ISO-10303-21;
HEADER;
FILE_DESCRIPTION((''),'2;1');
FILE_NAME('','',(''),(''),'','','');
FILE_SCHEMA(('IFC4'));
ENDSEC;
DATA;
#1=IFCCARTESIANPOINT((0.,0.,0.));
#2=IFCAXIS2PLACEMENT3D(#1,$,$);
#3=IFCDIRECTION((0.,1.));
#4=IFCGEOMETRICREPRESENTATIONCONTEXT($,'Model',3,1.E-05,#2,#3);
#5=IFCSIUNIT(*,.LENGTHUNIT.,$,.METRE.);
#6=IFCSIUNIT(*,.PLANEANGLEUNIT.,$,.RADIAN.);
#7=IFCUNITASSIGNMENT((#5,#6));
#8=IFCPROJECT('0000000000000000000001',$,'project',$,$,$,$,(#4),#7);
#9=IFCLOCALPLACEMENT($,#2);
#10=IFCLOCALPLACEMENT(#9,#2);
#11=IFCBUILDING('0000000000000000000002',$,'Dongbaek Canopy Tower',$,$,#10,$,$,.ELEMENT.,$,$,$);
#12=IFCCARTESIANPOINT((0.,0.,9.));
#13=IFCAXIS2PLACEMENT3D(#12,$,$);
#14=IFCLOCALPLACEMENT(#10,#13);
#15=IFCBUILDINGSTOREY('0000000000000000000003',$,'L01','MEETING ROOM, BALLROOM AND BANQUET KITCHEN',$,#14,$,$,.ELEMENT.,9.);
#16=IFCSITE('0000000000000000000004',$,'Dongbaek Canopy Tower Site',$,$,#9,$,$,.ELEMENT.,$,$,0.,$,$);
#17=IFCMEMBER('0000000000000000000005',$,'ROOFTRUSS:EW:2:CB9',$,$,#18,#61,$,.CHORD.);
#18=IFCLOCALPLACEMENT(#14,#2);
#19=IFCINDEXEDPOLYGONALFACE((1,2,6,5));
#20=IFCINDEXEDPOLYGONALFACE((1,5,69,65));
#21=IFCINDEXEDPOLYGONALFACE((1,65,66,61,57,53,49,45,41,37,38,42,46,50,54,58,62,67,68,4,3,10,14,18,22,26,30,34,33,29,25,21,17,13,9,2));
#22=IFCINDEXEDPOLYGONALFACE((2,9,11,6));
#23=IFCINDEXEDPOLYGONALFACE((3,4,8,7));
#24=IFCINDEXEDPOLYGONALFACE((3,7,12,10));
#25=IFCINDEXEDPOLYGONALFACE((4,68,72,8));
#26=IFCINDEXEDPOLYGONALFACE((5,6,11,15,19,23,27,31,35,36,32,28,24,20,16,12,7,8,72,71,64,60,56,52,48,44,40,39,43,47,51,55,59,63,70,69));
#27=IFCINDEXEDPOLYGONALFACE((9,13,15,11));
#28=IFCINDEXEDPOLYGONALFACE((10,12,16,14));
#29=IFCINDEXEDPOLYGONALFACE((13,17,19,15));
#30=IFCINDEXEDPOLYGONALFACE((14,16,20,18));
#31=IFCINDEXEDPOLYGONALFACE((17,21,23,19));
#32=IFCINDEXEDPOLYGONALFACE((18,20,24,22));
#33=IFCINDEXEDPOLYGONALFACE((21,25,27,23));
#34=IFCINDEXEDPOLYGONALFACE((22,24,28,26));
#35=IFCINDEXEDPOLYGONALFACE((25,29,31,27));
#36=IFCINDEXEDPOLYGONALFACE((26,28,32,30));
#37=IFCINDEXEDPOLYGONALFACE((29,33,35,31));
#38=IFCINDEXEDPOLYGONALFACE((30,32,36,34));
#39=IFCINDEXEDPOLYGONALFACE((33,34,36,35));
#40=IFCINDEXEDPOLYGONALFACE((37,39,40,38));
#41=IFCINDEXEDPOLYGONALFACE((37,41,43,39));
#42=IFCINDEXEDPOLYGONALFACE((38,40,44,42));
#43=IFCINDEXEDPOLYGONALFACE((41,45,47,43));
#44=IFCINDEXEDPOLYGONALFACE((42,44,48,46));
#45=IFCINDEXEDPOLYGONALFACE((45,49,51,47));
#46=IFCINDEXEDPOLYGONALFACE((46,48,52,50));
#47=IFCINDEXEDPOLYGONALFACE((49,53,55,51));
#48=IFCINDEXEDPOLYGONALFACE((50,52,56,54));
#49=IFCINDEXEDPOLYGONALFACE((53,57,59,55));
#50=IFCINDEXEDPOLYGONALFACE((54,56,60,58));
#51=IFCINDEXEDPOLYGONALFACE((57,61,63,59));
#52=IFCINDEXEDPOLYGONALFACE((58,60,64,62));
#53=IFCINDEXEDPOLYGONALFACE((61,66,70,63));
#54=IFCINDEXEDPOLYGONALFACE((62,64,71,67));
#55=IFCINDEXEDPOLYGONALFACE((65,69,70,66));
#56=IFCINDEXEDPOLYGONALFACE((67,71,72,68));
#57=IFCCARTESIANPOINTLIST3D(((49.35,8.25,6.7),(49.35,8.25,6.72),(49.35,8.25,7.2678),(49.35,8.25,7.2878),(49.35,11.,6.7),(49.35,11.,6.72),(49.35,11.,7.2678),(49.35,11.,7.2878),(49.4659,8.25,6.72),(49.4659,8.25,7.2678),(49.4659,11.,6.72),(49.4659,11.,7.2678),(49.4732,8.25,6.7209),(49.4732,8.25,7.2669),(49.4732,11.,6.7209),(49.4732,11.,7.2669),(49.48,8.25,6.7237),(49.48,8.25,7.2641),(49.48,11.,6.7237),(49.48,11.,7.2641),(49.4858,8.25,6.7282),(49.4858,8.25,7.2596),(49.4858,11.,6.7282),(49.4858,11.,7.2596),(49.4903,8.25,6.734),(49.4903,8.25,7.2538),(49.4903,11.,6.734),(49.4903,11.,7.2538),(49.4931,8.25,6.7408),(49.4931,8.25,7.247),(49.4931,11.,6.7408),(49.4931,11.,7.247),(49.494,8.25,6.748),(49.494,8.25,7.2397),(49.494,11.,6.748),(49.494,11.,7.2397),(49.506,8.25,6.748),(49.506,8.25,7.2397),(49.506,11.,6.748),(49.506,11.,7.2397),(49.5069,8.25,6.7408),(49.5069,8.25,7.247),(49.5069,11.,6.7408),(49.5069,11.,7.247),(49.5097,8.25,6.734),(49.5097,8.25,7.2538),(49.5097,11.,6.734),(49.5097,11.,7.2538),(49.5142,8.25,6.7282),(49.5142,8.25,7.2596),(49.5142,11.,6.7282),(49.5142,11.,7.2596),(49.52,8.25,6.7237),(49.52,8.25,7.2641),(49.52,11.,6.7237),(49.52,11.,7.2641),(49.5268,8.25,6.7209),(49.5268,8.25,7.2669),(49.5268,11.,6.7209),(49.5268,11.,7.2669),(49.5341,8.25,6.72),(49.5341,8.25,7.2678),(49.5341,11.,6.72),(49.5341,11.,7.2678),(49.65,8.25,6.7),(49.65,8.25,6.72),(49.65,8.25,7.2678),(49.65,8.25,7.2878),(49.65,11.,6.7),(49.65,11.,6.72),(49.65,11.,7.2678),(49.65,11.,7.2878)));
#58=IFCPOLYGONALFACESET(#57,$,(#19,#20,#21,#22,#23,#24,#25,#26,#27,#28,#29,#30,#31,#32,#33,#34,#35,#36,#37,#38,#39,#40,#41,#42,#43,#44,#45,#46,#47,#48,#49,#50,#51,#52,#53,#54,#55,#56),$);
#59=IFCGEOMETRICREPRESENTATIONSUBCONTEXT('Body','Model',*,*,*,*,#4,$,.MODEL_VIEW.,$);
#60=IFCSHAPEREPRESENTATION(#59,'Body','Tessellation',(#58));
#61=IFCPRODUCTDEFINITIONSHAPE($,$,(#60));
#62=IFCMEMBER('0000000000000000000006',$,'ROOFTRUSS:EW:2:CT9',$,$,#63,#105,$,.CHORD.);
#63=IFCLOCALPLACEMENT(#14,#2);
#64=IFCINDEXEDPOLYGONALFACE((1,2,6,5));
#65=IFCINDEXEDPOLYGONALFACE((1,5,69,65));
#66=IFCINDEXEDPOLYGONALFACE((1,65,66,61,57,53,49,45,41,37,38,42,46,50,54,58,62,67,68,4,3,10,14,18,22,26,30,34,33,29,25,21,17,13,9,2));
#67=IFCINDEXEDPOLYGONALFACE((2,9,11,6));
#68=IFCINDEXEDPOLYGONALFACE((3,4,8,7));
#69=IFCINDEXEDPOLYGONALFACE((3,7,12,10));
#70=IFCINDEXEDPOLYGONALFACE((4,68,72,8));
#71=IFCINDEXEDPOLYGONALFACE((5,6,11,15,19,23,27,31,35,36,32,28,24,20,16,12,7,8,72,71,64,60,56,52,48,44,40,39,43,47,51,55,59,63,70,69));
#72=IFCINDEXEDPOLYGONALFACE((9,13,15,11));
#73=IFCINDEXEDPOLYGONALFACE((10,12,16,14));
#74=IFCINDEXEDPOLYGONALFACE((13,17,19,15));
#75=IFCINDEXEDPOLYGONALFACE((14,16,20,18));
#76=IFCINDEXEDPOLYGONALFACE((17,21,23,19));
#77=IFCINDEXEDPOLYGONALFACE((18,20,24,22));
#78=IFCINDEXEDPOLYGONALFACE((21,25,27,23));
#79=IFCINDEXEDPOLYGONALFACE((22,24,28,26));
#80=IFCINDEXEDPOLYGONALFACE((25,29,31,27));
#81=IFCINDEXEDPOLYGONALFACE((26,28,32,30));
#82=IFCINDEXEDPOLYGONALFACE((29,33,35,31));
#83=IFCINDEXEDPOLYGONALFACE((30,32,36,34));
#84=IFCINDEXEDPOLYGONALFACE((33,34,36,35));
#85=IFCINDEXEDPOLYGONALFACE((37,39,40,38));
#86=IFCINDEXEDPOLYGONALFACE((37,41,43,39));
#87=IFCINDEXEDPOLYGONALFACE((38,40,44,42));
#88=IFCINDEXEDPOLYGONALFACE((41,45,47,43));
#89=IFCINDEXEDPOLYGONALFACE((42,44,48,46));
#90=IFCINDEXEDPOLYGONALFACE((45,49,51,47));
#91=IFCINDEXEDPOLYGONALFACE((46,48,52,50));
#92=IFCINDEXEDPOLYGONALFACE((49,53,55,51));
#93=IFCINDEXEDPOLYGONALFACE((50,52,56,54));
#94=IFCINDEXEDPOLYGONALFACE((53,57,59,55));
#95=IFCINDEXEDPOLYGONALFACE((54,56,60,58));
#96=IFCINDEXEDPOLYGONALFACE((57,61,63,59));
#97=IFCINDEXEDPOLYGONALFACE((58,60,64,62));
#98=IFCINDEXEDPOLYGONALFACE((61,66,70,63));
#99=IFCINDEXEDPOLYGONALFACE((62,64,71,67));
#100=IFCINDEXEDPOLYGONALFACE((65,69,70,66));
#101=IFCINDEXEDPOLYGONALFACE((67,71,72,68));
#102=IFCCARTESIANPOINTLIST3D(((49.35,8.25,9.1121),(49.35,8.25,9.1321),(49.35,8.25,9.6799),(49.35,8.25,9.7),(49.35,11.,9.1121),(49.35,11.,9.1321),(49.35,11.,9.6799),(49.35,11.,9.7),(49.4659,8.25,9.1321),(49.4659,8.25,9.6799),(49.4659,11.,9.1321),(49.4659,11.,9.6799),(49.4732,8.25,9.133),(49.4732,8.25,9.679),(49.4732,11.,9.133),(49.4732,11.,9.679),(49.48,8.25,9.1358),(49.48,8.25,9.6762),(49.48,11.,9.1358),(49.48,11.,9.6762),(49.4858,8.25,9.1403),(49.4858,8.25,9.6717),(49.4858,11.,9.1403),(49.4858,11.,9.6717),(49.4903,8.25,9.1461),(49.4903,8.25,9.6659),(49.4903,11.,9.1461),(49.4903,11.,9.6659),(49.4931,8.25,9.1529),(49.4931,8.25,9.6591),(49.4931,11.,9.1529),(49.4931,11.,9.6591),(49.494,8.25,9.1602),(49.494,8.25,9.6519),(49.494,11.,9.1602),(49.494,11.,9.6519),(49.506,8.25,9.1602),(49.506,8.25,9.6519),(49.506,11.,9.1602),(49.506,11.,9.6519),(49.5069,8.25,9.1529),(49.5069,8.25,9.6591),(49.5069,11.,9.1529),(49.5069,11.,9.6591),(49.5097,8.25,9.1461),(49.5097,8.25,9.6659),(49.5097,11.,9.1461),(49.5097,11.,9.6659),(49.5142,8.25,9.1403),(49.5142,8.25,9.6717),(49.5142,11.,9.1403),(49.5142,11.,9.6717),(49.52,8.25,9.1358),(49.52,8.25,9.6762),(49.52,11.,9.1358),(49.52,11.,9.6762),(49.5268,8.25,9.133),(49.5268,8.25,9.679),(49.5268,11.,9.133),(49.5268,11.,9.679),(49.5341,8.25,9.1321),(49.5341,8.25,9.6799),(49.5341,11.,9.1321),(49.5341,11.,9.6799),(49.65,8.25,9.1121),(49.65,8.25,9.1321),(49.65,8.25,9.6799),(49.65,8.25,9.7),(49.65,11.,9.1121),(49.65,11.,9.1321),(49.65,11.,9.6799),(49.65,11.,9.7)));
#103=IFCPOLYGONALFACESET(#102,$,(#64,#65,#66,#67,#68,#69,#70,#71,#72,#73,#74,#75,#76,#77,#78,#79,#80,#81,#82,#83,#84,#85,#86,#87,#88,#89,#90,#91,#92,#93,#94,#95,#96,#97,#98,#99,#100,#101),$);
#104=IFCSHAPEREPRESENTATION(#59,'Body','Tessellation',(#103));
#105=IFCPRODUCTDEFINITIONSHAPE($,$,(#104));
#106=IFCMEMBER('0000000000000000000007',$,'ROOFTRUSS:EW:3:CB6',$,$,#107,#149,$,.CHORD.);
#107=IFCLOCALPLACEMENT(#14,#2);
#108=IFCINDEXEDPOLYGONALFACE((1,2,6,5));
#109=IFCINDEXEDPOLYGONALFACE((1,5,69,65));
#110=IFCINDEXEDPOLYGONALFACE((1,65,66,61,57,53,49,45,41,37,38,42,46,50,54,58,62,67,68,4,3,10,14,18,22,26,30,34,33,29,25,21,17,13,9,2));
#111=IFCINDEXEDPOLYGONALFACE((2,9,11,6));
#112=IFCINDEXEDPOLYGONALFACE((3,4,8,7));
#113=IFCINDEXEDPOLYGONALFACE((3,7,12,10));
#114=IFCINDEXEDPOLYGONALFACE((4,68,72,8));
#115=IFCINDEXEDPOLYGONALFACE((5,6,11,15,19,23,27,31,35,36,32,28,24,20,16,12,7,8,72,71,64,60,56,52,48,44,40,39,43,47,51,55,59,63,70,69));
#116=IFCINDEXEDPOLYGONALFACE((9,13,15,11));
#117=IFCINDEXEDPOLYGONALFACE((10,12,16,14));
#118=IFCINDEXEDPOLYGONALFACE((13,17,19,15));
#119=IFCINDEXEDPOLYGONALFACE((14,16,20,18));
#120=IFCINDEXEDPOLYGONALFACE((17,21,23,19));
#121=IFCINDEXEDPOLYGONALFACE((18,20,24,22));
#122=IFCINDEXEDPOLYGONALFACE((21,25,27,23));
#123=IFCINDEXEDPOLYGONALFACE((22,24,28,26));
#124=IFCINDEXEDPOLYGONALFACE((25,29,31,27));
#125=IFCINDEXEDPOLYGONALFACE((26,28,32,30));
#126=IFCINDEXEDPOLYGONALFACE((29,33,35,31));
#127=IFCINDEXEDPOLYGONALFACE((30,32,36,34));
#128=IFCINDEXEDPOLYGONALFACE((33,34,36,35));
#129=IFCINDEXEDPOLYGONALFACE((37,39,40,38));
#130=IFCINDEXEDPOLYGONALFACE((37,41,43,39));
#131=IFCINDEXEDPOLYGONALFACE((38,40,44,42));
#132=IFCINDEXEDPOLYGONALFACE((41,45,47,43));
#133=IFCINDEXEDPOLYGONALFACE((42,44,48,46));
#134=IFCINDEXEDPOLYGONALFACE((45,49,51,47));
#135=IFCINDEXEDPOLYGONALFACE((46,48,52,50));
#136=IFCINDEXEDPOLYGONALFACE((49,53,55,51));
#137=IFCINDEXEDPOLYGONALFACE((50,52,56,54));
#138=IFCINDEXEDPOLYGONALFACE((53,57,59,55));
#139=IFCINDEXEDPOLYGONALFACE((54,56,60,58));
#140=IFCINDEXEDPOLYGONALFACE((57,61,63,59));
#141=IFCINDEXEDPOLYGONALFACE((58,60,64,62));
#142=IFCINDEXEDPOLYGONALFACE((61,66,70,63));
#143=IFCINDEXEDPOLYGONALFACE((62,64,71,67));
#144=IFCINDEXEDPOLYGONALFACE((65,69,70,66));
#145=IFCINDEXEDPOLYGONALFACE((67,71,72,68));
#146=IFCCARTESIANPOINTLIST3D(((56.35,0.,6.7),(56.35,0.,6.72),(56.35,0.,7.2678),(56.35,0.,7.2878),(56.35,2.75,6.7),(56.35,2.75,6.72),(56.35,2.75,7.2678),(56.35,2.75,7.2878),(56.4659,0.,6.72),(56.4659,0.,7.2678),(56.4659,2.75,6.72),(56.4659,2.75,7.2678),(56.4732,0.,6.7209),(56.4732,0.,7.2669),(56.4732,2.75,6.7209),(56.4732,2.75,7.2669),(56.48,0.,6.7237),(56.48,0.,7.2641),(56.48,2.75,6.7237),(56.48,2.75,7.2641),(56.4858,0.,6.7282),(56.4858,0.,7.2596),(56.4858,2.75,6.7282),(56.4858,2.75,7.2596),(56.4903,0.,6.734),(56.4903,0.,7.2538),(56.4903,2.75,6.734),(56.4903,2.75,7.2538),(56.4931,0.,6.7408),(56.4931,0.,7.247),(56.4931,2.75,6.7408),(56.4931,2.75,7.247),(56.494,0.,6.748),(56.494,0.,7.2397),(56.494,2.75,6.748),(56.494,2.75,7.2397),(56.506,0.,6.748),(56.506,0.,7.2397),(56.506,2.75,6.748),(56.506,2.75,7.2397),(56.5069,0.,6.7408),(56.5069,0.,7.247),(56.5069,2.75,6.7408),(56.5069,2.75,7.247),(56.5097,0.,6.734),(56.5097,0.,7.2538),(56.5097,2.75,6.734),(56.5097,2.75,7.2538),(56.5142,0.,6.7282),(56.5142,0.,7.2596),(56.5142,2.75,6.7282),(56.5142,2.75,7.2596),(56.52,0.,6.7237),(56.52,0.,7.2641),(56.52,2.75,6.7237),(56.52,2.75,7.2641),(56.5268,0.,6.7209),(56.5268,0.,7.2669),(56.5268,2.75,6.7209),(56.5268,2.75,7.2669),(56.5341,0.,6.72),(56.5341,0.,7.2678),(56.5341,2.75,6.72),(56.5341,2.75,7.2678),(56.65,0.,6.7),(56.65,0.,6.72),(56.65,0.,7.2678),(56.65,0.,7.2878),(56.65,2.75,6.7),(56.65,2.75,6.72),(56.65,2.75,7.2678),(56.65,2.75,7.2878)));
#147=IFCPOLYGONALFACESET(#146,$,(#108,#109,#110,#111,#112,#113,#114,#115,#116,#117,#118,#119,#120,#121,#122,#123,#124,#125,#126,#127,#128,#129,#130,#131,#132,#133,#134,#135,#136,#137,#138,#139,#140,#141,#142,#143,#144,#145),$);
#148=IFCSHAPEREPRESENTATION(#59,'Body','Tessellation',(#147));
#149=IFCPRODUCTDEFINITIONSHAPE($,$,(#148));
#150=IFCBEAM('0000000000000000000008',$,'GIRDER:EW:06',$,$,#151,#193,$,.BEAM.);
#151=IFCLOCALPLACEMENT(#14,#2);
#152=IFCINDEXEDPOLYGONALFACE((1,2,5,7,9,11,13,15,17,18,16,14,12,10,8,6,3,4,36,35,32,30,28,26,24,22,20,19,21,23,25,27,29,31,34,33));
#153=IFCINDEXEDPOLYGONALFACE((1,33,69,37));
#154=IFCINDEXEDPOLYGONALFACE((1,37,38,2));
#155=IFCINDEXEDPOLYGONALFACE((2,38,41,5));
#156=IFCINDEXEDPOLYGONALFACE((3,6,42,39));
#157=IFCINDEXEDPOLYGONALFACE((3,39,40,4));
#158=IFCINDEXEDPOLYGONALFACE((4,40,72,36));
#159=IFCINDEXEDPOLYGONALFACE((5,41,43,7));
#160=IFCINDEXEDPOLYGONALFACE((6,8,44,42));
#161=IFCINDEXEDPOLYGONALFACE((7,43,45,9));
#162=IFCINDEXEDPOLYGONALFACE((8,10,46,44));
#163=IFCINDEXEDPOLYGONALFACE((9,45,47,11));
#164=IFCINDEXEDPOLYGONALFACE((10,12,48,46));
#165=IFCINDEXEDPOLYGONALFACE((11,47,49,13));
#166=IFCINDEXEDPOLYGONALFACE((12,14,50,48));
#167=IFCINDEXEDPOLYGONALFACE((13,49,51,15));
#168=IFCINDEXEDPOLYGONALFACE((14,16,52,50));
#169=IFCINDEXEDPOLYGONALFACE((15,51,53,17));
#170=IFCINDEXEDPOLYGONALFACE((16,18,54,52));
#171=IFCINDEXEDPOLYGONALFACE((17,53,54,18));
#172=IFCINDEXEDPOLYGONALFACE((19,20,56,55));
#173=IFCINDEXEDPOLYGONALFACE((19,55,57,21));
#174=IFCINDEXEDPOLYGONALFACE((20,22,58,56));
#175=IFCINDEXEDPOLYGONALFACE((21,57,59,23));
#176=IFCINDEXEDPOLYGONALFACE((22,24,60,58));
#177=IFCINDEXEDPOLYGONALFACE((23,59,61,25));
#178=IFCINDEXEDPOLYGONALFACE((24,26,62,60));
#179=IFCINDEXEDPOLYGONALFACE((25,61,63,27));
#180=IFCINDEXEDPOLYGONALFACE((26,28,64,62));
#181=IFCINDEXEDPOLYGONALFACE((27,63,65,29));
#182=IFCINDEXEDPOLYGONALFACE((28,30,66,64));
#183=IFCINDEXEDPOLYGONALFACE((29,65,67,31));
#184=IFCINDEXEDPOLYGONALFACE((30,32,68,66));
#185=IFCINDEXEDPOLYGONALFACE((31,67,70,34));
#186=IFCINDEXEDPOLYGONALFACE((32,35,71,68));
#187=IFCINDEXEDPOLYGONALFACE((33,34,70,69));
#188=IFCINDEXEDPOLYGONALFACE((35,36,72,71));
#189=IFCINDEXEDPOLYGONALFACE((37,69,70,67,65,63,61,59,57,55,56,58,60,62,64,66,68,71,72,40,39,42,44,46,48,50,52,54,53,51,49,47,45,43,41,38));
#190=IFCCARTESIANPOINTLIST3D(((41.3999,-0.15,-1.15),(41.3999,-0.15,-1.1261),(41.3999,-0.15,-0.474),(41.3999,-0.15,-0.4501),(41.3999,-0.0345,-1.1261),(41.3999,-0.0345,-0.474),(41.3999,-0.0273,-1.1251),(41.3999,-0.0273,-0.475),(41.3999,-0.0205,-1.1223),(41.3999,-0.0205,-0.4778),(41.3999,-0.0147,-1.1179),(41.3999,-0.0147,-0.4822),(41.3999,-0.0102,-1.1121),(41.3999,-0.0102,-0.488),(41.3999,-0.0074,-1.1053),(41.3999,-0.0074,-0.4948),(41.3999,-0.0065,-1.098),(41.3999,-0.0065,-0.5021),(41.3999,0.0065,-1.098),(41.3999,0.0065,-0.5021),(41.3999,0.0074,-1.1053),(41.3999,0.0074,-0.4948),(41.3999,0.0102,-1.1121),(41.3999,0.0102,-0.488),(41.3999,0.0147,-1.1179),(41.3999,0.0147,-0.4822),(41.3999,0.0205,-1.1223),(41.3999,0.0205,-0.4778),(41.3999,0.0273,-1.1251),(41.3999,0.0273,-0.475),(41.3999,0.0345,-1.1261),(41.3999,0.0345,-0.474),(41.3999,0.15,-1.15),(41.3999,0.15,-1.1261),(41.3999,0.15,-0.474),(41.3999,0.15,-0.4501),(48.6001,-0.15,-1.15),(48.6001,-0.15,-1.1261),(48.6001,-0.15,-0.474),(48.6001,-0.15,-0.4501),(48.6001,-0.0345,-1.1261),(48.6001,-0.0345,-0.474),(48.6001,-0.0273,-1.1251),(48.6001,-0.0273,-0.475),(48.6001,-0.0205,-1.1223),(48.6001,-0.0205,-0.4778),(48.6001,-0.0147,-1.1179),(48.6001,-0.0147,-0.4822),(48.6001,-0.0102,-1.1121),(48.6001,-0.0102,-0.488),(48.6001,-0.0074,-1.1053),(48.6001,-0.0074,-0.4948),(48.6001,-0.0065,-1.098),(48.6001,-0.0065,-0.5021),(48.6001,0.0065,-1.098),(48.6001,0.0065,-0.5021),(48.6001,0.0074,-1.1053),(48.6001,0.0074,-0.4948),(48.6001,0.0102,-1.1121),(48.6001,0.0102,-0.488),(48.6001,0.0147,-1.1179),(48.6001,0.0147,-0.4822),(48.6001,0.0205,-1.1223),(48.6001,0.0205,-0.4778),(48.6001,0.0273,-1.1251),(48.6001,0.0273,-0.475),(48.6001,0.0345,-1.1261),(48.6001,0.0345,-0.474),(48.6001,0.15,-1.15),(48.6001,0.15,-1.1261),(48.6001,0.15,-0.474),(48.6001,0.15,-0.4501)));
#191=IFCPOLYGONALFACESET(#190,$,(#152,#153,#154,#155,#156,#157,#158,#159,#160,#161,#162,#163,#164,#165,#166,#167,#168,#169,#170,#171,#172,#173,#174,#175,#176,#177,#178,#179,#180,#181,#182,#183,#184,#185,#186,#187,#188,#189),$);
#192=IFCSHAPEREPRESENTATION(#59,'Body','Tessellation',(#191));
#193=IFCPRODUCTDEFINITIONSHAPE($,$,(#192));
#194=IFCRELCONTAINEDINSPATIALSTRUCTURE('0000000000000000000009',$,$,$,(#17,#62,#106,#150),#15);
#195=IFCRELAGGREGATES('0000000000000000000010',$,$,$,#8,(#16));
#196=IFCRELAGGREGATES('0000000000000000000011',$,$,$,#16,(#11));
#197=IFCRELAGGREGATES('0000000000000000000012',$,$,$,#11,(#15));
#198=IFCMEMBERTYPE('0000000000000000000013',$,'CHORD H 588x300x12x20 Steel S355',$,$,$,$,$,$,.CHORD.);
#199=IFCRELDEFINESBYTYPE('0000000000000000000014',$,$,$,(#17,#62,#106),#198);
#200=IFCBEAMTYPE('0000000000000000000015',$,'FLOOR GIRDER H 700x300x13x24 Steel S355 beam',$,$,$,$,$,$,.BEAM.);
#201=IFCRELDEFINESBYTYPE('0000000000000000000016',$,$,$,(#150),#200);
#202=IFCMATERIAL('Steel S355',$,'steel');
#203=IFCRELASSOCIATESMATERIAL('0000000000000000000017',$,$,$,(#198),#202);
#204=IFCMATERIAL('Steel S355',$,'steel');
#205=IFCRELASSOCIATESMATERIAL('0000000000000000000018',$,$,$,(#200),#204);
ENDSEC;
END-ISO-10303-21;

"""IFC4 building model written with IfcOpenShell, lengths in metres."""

from ifc_helpers import new_model, si_unit, direction, frame, origin, origin_2d, place, context, subcontext, project, spatial, i_section, extrude, material, material_profile, profile_set, type_object, element, save


model = new_model("IFC4")

# Units and contexts
model_context = context("Model", 3, precision=1e-05, world=origin(), true_north=direction((0.0, 1.0)))
body_context = subcontext(model_context, "Body", "Model", "MODEL_VIEW")
ifc_project = project(units=[si_unit("LENGTHUNIT", "METRE"), si_unit("PLANEANGLEUNIT", "RADIAN")], contexts=[model_context])

# Site, building, storey
site_placement = place(None, origin())
site = spatial("IfcSite", under=ifc_project, at=site_placement, Name="Dongbaek Canopy Tower Site", CompositionType="ELEMENT", RefElevation=0.0)
building_placement = place(site_placement, origin())
building = spatial("IfcBuilding", under=site, at=building_placement, Name="Dongbaek Canopy Tower", CompositionType="ELEMENT")
storey_placement = place(building_placement, frame((0.0, 0.0, 9.0)))
storey = spatial("IfcBuildingStorey", under=building, at=storey_placement, Name="L01", Description="MEETING ROOM, BALLROOM AND BANQUET KITCHEN", CompositionType="ELEMENT", Elevation=9.0)

# Members
ifc_material_1 = material(Name="Steel S355", Category="steel")
ifc_material_profile_1 = material_profile(ifc_material_1, i_section(OverallWidth=0.3, OverallDepth=0.5879, WebThickness=0.012, FlangeThickness=0.02, FilletRadius=0.0281, at=origin_2d()), Name="CHORD H 588x300x12x20 Steel S355")
ifc_profile_set_1 = profile_set([ifc_material_profile_1], Name="Steel S355")
member_type_1 = type_object("IfcMemberType", Name="CHORD H 588x300x12x20 Steel S355", PredefinedType="CHORD", material=ifc_profile_set_1)
for number, where, z_axis, x_axis, name in (
    (1, (49.5, 8.25, 6.9939), (0.0, 1.0, 0.0), (-1.0, 0.0, 0.0), "ROOFTRUSS:EW:2:CB9"),
    (2, (49.5, 8.25, 9.406), (0.0, 1.0, 0.0), (-1.0, 0.0, 0.0), "ROOFTRUSS:EW:2:CT9"),
    (3, (56.5, 0.0, 6.9939), (0.0, 1.0, 0.0), (-1.0, 0.0, 0.0), "ROOFTRUSS:EW:3:CB6"),
):
    element("IfcMember", number, at=place(storey_placement, frame(where, z_axis=z_axis, x_axis=x_axis)), inside=storey, type_object=member_type_1, Name=name, PredefinedType="CHORD", context=body_context, shape_type="SweptSolid", body=[
        extrude(i_section(OverallWidth=0.3, OverallDepth=0.5879, WebThickness=0.012, FlangeThickness=0.02, FilletRadius=0.0281, at=origin_2d()), origin(), (0.0, 0.0, 1.0), 2.75),
    ])

# Beam
ifc_material_2 = material(Name="Steel S355", Category="steel")
ifc_material_profile_2 = material_profile(ifc_material_2, i_section(OverallWidth=0.3, OverallDepth=0.7, WebThickness=0.0129, FlangeThickness=0.0239, FilletRadius=0.0281, at=origin_2d()), Name="FLOOR GIRDER H 700x300x13x24 Steel S355 beam")
ifc_profile_set_2 = profile_set([ifc_material_profile_2], Name="Steel S355")
beam_type = type_object("IfcBeamType", Name="FLOOR GIRDER H 700x300x13x24 Steel S355 beam", PredefinedType="BEAM", material=ifc_profile_set_2)
beam_1_placement = place(storey_placement, frame((41.3999, 0.0, -0.8), z_axis=(1.0, 0.0, 0.0), x_axis=(0.0, 1.0, 0.0)))
element("IfcBeam", 4, at=beam_1_placement, inside=storey, type_object=beam_type, Name="GIRDER:EW:06", PredefinedType="BEAM", context=body_context, shape_type="SweptSolid", body=[
    extrude(i_section(OverallWidth=0.3, OverallDepth=0.7, WebThickness=0.0129, FlangeThickness=0.0239, FilletRadius=0.0281, at=origin_2d()), origin(), (0.0, 0.0, 1.0), 7.2002),
])

save(model, "model.ifc")
